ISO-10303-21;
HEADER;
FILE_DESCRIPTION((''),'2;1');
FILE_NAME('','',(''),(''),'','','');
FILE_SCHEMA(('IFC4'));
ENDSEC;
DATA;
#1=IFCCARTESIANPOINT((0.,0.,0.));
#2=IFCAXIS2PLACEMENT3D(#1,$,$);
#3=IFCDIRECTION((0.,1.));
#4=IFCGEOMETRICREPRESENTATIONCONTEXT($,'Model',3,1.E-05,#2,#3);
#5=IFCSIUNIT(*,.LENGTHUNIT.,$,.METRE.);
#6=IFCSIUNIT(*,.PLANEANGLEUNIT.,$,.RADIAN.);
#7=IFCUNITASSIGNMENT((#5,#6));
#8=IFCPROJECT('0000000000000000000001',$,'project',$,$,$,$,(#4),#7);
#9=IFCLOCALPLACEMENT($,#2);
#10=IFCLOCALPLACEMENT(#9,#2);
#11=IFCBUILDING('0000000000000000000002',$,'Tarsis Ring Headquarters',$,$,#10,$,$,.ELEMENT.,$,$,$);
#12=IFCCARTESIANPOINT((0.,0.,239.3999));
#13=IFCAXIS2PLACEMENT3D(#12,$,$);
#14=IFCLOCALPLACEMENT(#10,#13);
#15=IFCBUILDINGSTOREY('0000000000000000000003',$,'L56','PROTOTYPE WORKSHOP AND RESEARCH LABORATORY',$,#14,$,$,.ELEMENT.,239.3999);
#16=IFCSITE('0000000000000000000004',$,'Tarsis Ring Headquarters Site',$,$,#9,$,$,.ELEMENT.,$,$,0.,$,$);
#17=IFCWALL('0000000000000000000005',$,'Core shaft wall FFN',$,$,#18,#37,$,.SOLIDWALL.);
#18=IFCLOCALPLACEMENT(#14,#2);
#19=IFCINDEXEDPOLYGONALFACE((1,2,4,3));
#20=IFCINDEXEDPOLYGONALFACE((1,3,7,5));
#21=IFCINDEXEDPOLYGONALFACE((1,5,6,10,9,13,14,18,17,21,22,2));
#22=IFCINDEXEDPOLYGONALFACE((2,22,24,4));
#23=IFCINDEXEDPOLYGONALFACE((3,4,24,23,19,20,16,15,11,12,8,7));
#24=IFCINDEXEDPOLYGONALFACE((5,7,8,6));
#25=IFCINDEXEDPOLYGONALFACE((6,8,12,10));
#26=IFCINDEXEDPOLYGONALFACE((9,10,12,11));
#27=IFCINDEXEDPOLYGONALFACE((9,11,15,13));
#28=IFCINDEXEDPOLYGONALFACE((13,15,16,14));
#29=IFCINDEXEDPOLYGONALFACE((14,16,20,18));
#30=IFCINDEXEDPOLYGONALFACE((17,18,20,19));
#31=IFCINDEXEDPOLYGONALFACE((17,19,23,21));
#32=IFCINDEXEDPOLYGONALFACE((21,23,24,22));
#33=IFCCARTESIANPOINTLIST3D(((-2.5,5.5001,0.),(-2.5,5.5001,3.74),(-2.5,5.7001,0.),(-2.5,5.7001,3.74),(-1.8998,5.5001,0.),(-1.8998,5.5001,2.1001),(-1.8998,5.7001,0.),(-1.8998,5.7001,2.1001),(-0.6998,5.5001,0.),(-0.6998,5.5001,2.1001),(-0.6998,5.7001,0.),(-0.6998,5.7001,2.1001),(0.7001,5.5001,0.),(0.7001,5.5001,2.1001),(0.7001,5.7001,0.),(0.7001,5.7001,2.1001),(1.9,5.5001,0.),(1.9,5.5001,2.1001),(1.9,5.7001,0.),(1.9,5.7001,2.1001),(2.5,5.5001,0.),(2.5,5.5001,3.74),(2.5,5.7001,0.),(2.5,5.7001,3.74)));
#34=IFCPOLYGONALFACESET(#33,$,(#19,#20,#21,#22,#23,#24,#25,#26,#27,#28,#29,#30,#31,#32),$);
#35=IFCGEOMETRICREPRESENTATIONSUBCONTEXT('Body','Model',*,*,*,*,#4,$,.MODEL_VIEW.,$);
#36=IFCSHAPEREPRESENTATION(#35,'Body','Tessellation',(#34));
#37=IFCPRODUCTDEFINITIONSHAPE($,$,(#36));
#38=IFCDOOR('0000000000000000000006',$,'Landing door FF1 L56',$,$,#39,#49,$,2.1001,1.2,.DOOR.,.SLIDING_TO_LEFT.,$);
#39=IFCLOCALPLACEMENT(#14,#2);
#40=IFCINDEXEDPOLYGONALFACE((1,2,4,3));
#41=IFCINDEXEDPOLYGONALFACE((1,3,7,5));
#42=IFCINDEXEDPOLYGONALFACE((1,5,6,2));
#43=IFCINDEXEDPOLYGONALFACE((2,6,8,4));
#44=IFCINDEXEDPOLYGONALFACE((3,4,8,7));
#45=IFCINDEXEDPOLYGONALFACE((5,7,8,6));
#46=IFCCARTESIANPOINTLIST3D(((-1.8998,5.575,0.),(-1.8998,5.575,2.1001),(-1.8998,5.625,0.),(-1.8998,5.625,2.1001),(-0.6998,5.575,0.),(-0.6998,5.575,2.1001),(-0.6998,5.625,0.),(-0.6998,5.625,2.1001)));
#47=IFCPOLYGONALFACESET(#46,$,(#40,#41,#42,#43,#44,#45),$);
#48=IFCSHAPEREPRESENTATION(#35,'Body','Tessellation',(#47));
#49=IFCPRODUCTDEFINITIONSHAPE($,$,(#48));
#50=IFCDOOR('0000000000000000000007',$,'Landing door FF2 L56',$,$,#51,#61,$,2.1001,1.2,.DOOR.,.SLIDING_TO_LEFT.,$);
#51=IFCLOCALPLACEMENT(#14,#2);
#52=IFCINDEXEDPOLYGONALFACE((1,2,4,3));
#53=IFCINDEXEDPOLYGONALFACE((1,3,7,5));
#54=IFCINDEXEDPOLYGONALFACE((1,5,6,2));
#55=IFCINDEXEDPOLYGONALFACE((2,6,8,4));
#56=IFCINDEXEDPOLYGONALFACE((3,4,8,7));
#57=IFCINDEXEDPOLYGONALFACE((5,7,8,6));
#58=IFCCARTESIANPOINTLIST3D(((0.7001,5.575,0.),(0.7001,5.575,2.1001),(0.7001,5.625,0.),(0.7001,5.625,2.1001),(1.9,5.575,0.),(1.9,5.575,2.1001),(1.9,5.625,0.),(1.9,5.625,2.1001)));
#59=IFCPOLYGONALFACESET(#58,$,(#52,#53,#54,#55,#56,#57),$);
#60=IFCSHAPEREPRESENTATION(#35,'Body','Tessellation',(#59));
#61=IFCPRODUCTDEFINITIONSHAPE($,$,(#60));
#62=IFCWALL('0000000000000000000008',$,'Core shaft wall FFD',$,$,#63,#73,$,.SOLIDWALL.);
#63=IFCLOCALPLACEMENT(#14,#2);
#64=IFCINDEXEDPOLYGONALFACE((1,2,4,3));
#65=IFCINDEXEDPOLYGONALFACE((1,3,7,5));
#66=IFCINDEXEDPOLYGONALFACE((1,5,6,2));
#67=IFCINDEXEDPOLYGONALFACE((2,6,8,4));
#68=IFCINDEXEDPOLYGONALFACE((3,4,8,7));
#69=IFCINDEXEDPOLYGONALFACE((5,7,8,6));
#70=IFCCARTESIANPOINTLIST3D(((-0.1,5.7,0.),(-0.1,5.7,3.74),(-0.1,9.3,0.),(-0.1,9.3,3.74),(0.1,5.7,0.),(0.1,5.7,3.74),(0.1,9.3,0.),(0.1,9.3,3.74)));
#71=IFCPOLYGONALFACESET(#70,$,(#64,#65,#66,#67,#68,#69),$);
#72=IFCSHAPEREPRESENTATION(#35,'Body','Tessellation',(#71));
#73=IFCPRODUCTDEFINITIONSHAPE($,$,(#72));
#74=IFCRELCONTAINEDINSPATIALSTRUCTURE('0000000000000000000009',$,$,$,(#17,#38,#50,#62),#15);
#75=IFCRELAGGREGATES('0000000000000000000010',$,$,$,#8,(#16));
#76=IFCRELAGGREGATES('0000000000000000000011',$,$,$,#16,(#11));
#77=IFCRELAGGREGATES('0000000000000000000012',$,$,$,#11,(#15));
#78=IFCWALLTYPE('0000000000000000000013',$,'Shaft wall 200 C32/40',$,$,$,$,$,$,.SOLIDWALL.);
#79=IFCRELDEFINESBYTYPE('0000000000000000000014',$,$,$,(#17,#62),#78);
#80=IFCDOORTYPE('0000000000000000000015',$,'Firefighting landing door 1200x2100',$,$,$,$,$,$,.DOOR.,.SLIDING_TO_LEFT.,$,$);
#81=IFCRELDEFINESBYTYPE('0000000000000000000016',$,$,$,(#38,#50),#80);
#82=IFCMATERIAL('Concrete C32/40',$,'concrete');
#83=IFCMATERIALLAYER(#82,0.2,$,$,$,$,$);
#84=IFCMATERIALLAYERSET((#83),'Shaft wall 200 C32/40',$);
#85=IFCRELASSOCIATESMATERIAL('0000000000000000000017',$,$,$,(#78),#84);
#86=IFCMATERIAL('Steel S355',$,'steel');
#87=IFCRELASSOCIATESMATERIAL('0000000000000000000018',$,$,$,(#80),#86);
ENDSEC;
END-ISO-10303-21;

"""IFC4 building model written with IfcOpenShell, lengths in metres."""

from ifc_helpers import new_model, si_unit, direction, frame, frame_2d, origin, place, context, subcontext, project, spatial, rectangle, extrude, material, layer, layer_set, type_object, element, fill, save


model = new_model("IFC4")

# Units and contexts
model_context = context("Model", 3, precision=1e-05, world=origin(), true_north=direction((0.0, 1.0)))
body_context = subcontext(model_context, "Body", "Model", "MODEL_VIEW")
ifc_project = project(units=[si_unit("LENGTHUNIT", "METRE"), si_unit("PLANEANGLEUNIT", "RADIAN")], contexts=[model_context])

# Site, building, storey
site_placement = place(None, origin())
site = spatial("IfcSite", under=ifc_project, at=site_placement, Name="Tarsis Ring Headquarters Site", CompositionType="ELEMENT", RefElevation=0.0)
building_placement = place(site_placement, origin())
building = spatial("IfcBuilding", under=site, at=building_placement, Name="Tarsis Ring Headquarters", CompositionType="ELEMENT")
storey_placement = place(building_placement, frame((0.0, 0.0, 239.3999)))
storey = spatial("IfcBuildingStorey", under=building, at=storey_placement, Name="L56", Description="PROTOTYPE WORKSHOP AND RESEARCH LABORATORY", CompositionType="ELEMENT", Elevation=239.3999)

# Shared definitions
ifc_material_1 = material(Name="Concrete C32/40", Category="concrete")
ifc_layer_1 = layer(ifc_material_1, 0.2)
ifc_layer_set_1 = layer_set([ifc_layer_1], Name="Shaft wall 200 C32/40")
wall_type_1 = type_object("IfcWallType", Name="Shaft wall 200 C32/40", PredefinedType="SOLIDWALL", material=ifc_layer_set_1)

# Wall, openings, doors
wall_1_placement = place(storey_placement, frame((-2.5, 5.6001, 0.0), z_axis=(0.0, 0.0, 1.0), x_axis=(1.0, 0.0, 0.0)))
wall_1 = element("IfcWall", 1, at=wall_1_placement, inside=storey, type_object=wall_type_1, Name="Core shaft wall FFN", PredefinedType="SOLIDWALL", context=body_context, shape_type="SweptSolid", body=[
    extrude(rectangle(XDim=5.0, YDim=0.2, at=frame_2d((2.5, 0.0))), origin(), (0.0, 0.0, 1.0), 3.74),
])
opening_1_placement = place(wall_1_placement, frame((0.6001, 0.0, 0.0)))
opening_1 = element("IfcOpeningElement", 2, at=opening_1_placement, cuts=wall_1, PredefinedType="OPENING", context=body_context, shape_type="SweptSolid", body=[
    extrude(rectangle(XDim=1.2, YDim=2.1001, at=frame_2d((0.6001, 1.05))), frame((0.0, 0.1099, 0.0), z_axis=(0.0, -1.0, 0.0), x_axis=(1.0, 0.0, 0.0)), (0.0, 0.0, 1.0), 0.22),
])
opening_2_placement = place(wall_1_placement, frame((3.2, 0.0, 0.0)))
opening_2 = element("IfcOpeningElement", 3, at=opening_2_placement, cuts=wall_1, PredefinedType="OPENING", context=body_context, shape_type="SweptSolid", body=[
    extrude(rectangle(XDim=1.2, YDim=2.1001, at=frame_2d((0.6001, 1.05))), frame((0.0, 0.1099, 0.0), z_axis=(0.0, -1.0, 0.0), x_axis=(1.0, 0.0, 0.0)), (0.0, 0.0, 1.0), 0.22),
])
ifc_material_2 = material(Name="Steel S355", Category="steel")
door_type = type_object("IfcDoorType", Name="Firefighting landing door 1200x2100", OperationType="SLIDING_TO_LEFT", PredefinedType="DOOR", material=ifc_material_2)
door_1_placement = place(opening_1_placement, origin())
door_1 = element("IfcDoor", 4, at=door_1_placement, inside=storey, type_object=door_type, Name="Landing door FF1 L56", OperationType="SLIDING_TO_LEFT", OverallHeight=2.1001, OverallWidth=1.2, PredefinedType="DOOR", context=body_context, shape_type="SweptSolid", body=[
    extrude(rectangle(XDim=1.2, YDim=2.1001, at=frame_2d((0.6001, 1.05))), frame((0.0, 0.0249, 0.0), z_axis=(0.0, -1.0, 0.0), x_axis=(1.0, 0.0, 0.0)), (0.0, 0.0, 1.0), 0.05),
])
fill(opening_1, door_1)
door_2_placement = place(opening_2_placement, origin())
door_2 = element("IfcDoor", 5, at=door_2_placement, inside=storey, type_object=door_type, Name="Landing door FF2 L56", OperationType="SLIDING_TO_LEFT", OverallHeight=2.1001, OverallWidth=1.2, PredefinedType="DOOR", context=body_context, shape_type="SweptSolid", body=[
    extrude(rectangle(XDim=1.2, YDim=2.1001, at=frame_2d((0.6001, 1.05))), frame((0.0, 0.0249, 0.0), z_axis=(0.0, -1.0, 0.0), x_axis=(1.0, 0.0, 0.0)), (0.0, 0.0, 1.0), 0.05),
])
fill(opening_2, door_2)

# Wall
wall_2_placement = place(storey_placement, frame((0.0, 5.7, 0.0), z_axis=(0.0, 0.0, 1.0), x_axis=(0.0, 1.0, 0.0)))
element("IfcWall", 6, at=wall_2_placement, inside=storey, type_object=wall_type_1, Name="Core shaft wall FFD", PredefinedType="SOLIDWALL", context=body_context, shape_type="SweptSolid", body=[
    extrude(rectangle(XDim=3.6001, YDim=0.2, at=frame_2d((1.8, 0.0))), origin(), (0.0, 0.0, 1.0), 3.74),
])

save(model, "model.ifc")
